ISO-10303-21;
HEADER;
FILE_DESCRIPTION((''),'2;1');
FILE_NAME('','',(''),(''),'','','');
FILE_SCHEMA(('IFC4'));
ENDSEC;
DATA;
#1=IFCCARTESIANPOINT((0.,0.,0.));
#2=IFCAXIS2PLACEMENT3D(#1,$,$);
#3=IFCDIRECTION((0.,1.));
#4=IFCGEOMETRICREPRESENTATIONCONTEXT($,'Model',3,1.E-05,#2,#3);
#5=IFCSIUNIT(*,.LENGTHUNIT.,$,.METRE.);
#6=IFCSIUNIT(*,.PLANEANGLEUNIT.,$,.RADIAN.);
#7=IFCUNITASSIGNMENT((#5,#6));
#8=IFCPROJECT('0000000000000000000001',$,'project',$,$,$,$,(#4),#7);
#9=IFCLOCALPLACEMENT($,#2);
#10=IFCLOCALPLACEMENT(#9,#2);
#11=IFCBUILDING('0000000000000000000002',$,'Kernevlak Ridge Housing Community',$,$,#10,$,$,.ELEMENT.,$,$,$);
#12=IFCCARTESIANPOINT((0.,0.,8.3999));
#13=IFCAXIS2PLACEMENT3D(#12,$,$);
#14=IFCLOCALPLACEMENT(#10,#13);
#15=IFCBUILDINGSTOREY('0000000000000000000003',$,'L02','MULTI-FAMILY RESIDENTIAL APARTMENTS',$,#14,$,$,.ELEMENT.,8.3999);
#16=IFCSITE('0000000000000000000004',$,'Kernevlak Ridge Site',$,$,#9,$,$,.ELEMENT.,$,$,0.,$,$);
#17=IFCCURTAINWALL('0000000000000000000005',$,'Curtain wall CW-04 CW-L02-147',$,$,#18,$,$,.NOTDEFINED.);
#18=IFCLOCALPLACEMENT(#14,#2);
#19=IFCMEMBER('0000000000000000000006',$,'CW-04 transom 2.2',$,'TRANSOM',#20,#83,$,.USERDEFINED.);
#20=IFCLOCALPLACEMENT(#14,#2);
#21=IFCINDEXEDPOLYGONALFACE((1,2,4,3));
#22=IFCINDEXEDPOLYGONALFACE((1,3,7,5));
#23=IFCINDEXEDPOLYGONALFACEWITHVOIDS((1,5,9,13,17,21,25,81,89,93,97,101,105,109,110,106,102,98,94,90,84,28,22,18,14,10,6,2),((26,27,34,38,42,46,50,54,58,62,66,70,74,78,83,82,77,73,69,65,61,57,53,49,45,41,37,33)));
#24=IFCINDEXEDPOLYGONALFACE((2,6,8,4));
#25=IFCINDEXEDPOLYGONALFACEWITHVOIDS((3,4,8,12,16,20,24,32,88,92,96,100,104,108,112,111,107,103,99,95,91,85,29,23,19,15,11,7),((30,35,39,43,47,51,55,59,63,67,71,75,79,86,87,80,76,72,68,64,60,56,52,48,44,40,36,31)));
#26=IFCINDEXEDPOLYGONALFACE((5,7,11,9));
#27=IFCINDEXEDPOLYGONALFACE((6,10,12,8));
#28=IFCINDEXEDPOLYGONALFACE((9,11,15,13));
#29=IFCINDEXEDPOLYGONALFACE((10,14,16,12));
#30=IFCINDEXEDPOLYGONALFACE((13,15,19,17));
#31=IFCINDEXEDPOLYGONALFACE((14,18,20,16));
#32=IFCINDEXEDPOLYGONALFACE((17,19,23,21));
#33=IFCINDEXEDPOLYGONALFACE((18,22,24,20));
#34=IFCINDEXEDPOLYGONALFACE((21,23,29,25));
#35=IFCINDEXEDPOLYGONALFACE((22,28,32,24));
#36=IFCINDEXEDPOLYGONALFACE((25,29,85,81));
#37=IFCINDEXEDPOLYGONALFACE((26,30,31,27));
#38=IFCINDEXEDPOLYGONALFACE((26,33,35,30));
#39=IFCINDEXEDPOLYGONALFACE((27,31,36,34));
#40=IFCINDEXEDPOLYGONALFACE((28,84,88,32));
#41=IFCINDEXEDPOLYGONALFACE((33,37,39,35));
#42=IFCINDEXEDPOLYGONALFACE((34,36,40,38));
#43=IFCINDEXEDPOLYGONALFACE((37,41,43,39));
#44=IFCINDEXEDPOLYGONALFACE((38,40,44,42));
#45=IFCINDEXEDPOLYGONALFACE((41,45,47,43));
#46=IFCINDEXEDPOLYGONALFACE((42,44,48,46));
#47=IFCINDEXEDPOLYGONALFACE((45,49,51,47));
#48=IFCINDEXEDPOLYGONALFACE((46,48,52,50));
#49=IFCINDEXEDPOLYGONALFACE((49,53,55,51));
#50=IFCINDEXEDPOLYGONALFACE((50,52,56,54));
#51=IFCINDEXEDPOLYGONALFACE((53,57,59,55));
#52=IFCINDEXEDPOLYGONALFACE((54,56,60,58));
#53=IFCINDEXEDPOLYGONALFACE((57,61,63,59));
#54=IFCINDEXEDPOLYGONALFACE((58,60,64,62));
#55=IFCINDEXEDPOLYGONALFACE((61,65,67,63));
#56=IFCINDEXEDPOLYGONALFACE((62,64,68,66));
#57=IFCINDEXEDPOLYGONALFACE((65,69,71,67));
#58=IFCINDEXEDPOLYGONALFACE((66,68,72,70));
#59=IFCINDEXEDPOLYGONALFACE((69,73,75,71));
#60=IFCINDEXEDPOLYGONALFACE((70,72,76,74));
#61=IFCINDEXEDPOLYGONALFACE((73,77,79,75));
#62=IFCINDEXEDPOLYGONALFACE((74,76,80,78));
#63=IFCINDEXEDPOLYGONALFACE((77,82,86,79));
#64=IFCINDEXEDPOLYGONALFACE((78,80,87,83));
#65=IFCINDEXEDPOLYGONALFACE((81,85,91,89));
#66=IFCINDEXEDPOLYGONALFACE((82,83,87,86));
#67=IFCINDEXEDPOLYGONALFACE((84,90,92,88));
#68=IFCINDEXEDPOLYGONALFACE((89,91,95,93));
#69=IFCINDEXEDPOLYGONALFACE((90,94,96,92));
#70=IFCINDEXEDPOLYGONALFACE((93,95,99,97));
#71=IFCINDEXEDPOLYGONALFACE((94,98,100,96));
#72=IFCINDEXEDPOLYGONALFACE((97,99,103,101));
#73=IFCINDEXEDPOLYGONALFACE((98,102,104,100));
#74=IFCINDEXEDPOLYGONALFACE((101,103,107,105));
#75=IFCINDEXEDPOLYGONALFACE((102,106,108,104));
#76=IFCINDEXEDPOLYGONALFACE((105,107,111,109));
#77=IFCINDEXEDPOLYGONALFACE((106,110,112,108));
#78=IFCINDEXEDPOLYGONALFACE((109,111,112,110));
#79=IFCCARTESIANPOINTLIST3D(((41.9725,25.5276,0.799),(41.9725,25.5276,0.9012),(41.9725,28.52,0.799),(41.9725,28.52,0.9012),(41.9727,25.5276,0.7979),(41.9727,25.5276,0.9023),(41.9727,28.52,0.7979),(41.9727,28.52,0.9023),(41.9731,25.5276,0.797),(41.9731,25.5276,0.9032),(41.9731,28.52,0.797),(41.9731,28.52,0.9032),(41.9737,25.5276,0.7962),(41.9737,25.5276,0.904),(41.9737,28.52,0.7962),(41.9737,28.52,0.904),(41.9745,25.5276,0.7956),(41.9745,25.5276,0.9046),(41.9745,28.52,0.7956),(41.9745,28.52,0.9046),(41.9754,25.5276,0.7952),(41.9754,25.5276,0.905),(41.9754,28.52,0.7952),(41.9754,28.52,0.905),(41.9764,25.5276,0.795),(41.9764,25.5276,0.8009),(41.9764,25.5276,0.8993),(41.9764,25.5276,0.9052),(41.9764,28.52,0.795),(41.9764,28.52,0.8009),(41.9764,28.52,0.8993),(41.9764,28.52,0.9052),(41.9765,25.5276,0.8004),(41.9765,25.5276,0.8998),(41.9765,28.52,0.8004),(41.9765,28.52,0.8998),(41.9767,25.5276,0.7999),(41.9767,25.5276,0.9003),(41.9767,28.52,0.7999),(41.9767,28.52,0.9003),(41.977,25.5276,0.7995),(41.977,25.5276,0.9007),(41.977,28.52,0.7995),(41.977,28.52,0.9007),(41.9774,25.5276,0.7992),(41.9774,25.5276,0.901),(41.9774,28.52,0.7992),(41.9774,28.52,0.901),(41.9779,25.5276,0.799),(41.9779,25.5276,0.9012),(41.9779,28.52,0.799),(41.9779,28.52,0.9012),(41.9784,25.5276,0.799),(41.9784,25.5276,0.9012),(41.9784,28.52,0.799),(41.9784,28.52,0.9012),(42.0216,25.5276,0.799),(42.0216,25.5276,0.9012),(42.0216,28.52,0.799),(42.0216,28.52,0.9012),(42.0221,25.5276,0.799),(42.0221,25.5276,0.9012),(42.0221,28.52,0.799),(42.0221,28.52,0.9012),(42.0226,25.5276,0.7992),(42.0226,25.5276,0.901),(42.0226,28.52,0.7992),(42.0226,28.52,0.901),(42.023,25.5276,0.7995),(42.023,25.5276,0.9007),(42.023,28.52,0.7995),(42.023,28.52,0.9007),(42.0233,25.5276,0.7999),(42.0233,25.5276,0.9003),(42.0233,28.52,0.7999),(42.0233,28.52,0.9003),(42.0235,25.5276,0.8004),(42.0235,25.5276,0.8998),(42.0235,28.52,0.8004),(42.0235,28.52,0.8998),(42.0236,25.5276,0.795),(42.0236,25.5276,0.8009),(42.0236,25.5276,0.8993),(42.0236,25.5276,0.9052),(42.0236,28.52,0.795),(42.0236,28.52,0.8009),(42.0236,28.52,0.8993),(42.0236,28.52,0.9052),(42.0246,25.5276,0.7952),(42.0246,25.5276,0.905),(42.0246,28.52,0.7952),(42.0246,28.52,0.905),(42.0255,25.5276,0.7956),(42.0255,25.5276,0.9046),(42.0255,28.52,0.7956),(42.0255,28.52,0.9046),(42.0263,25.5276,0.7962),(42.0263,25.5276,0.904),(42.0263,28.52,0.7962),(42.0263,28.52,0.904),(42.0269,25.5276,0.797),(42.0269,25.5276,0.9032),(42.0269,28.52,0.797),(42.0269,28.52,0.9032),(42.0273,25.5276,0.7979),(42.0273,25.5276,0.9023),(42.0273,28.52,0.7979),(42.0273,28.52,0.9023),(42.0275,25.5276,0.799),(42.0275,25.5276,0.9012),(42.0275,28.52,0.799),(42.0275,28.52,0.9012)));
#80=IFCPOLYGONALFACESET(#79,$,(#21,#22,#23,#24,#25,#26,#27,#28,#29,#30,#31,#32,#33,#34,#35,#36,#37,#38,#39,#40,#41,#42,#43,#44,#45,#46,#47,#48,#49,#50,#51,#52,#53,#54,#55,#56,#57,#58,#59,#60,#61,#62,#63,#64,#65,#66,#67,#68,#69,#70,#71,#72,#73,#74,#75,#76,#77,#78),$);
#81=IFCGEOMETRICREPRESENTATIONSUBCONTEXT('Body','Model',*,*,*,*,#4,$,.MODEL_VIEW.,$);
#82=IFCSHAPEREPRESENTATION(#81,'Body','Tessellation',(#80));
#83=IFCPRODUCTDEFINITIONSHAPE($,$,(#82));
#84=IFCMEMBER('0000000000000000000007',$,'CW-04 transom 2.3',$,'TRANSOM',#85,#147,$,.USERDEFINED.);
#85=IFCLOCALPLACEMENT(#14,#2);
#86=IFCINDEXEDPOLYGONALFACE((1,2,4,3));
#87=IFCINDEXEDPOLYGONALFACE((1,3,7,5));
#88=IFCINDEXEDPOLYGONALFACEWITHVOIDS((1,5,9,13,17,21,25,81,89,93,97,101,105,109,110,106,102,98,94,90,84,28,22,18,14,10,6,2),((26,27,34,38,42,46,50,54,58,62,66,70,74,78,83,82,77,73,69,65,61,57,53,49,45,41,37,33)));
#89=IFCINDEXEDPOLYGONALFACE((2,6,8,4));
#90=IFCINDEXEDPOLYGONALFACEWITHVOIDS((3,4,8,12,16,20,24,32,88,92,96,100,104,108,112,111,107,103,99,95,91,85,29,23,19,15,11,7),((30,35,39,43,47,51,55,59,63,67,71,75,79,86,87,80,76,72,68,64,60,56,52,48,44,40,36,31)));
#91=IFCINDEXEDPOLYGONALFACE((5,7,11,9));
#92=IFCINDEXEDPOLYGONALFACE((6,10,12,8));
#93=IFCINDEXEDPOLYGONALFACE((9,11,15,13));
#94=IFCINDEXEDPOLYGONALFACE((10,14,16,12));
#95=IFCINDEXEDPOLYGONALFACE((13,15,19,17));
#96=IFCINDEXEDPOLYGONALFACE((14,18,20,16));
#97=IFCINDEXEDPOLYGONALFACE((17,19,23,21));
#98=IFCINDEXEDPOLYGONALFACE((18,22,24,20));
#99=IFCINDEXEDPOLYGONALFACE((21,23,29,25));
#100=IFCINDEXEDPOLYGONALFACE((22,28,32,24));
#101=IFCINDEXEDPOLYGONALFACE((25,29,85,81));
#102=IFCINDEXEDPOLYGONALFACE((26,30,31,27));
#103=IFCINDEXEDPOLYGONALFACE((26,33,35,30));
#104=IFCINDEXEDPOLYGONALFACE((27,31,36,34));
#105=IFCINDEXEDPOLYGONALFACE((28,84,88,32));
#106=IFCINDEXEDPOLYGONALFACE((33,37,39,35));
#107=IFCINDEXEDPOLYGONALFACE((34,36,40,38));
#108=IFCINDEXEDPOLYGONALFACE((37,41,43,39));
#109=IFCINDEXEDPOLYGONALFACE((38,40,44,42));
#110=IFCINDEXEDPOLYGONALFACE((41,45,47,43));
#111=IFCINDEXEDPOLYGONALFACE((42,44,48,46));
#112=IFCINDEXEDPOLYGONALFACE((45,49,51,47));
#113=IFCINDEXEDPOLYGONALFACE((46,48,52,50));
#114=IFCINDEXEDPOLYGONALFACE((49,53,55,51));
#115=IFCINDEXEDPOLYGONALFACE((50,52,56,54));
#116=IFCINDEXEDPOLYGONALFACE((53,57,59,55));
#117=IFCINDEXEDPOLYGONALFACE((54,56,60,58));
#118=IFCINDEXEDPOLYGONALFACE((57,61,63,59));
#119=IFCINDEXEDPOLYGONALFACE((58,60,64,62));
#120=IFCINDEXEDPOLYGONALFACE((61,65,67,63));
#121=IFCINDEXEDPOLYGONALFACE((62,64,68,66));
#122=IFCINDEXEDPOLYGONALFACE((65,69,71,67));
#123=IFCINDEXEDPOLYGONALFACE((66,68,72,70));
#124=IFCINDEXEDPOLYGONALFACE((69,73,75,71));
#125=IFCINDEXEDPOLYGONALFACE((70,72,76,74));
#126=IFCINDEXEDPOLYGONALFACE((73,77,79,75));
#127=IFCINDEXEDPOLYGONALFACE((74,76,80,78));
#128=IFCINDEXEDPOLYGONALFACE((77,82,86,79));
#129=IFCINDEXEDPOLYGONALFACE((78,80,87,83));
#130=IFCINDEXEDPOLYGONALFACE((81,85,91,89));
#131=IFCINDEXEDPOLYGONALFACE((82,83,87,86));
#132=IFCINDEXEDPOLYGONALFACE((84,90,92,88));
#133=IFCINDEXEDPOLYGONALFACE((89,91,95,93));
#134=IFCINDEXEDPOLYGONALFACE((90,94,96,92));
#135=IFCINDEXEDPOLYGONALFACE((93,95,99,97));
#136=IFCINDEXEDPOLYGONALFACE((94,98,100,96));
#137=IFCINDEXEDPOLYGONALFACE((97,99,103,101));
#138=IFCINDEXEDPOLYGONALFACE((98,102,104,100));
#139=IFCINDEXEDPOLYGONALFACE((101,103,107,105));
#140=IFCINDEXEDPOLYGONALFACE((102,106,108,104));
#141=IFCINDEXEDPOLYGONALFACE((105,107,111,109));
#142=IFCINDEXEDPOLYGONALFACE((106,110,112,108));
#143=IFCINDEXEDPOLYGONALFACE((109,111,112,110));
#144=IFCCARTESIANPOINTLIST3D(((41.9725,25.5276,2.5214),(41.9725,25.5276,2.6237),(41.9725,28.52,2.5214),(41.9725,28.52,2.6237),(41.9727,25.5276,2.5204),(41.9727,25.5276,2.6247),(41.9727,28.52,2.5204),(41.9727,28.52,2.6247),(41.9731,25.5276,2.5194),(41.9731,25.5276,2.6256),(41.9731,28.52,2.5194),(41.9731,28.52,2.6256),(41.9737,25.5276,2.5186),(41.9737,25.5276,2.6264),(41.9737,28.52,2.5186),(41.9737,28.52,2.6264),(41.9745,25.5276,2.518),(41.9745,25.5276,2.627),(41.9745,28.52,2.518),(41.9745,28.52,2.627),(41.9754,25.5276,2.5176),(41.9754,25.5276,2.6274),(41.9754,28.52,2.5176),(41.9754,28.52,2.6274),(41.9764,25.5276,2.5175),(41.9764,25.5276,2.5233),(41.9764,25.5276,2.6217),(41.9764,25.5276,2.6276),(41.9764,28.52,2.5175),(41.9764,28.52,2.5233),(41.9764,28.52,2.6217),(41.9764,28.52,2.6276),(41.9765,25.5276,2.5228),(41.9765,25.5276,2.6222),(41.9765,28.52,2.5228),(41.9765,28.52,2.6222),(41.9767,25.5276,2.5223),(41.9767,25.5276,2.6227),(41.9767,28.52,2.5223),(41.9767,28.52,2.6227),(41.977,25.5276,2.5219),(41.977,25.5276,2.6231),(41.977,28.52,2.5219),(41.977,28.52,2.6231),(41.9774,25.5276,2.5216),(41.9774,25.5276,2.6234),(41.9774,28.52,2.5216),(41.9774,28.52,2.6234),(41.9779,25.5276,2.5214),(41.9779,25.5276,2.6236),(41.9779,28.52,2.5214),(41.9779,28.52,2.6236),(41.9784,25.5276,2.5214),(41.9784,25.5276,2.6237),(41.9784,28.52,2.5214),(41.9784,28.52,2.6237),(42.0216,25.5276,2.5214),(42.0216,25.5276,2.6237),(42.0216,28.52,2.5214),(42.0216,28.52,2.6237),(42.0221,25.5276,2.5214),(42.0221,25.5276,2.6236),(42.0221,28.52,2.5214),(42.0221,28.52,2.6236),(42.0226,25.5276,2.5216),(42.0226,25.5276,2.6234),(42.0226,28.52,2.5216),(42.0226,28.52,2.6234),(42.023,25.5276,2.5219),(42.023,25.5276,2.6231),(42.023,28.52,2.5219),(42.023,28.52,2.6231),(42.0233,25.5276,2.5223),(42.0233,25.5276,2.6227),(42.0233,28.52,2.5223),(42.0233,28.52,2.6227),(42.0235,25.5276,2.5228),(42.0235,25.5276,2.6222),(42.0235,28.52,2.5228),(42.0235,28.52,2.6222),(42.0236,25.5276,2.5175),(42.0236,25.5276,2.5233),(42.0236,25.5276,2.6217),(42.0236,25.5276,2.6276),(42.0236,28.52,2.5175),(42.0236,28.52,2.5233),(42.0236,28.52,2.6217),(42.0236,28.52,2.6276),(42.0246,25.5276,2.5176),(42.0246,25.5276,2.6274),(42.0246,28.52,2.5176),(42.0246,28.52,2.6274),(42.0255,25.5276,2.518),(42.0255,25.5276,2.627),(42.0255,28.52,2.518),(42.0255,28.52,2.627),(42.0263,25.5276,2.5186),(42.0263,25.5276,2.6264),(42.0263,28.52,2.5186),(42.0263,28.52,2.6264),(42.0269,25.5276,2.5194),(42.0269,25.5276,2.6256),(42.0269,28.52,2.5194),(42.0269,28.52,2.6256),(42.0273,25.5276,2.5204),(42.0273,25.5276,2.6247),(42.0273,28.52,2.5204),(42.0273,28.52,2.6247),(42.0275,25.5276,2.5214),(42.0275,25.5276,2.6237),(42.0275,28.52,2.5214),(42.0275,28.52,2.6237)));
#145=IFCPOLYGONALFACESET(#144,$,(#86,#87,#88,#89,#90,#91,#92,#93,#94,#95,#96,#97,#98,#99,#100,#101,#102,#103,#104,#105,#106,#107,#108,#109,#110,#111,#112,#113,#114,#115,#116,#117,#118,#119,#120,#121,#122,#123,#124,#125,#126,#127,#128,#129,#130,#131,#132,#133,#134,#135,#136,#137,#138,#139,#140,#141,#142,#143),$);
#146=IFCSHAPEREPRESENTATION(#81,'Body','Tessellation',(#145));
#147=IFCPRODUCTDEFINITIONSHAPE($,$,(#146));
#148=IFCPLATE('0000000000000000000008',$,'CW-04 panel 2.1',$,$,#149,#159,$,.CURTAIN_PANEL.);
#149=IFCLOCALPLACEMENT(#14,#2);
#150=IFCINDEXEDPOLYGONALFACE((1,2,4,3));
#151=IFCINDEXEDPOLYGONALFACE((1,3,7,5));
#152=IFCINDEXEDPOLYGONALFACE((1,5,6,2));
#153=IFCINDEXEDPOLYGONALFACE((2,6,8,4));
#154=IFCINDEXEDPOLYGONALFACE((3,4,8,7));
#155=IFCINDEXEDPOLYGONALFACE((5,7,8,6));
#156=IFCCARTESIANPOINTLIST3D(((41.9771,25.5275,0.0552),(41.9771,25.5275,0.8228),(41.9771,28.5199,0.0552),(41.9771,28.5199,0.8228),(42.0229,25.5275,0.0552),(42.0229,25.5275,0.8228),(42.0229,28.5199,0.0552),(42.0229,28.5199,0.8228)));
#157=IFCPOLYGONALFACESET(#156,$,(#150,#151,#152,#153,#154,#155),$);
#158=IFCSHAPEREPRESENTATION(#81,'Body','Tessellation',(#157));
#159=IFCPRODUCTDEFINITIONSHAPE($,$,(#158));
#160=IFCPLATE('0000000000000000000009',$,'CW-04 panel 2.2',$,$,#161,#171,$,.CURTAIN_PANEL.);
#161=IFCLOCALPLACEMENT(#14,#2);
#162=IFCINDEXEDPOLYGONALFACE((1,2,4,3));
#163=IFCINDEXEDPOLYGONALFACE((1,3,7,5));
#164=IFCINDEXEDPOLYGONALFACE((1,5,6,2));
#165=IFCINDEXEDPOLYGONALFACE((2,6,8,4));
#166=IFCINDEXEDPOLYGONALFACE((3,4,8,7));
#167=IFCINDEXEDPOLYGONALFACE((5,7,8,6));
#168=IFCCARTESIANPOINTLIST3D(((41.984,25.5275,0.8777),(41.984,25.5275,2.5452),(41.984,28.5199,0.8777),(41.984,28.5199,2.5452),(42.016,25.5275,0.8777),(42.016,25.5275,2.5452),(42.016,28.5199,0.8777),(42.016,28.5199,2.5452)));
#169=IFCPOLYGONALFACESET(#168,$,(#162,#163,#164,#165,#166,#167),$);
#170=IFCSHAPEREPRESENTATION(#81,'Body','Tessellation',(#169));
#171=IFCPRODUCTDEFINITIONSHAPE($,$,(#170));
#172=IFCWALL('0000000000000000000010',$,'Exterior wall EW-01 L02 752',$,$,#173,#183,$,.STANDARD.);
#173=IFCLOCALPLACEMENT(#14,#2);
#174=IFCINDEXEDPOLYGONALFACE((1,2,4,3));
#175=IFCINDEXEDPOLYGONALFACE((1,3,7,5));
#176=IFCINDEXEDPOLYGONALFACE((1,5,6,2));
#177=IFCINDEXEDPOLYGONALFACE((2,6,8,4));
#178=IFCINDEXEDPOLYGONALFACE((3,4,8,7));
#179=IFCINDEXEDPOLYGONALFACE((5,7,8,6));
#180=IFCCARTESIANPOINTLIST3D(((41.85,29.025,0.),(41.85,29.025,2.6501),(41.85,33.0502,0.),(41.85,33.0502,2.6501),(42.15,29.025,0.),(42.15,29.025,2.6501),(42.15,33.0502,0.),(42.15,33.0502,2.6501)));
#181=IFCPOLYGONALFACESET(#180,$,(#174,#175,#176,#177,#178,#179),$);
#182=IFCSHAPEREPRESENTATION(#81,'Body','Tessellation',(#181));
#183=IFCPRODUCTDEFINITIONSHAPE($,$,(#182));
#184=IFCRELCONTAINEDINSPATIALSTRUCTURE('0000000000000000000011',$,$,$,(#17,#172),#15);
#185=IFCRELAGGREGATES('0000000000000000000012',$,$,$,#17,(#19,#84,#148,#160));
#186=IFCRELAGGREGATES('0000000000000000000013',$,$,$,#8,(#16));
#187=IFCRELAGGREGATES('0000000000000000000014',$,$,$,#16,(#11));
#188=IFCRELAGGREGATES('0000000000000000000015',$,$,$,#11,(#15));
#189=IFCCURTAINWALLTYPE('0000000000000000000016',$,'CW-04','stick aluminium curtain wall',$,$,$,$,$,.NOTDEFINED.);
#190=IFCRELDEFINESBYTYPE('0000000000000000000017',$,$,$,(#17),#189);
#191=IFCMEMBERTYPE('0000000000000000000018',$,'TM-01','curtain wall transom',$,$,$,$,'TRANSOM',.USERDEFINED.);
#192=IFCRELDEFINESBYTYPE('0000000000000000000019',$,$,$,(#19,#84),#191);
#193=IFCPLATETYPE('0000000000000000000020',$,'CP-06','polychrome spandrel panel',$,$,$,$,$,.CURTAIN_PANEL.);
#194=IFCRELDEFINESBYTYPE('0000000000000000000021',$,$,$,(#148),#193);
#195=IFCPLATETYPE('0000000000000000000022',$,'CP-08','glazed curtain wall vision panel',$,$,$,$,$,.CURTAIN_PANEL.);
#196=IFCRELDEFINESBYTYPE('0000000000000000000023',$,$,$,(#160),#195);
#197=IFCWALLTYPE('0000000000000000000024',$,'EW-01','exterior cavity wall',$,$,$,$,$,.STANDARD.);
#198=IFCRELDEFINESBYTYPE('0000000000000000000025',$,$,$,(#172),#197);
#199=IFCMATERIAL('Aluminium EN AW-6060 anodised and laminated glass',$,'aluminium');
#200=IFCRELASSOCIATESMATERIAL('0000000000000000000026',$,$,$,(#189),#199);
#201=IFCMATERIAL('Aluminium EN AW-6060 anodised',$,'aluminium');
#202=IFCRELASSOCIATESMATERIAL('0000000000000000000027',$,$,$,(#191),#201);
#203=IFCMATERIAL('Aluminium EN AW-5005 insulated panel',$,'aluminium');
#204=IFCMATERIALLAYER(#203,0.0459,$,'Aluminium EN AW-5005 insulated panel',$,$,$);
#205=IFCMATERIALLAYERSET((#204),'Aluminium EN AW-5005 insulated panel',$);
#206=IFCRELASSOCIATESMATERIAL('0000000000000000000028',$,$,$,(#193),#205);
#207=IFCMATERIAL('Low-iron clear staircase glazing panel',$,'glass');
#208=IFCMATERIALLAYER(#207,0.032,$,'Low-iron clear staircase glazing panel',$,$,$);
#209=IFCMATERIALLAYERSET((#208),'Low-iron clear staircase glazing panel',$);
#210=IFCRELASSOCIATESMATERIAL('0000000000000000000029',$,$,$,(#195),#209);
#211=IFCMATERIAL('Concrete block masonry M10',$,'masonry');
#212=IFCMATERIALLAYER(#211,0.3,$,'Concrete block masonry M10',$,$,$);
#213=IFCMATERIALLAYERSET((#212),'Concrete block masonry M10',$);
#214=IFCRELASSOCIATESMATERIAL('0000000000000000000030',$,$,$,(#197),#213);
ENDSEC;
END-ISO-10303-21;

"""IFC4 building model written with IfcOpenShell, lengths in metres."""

from ifc_helpers import new_model, si_unit, direction, frame, frame_2d, origin, origin_2d, place, context, subcontext, project, spatial, rectangle, hollow_rectangle, extrude, material, layer, layer_set, material_profile, profile_set, type_object, element, aggregate, save


model = new_model("IFC4")

# Units and contexts
model_context = context("Model", 3, precision=1e-05, world=origin(), true_north=direction((0.0, 1.0)))
body_context = subcontext(model_context, "Body", "Model", "MODEL_VIEW")
ifc_project = project(units=[si_unit("LENGTHUNIT", "METRE"), si_unit("PLANEANGLEUNIT", "RADIAN")], contexts=[model_context])

# Site, building, storey
site_placement = place(None, origin())
site = spatial("IfcSite", under=ifc_project, at=site_placement, Name="Kernevlak Ridge Site", CompositionType="ELEMENT", RefElevation=0.0)
building_placement = place(site_placement, origin())
building = spatial("IfcBuilding", under=site, at=building_placement, Name="Kernevlak Ridge Housing Community", CompositionType="ELEMENT")
storey_placement = place(building_placement, frame((0.0, 0.0, 8.3999)))
storey = spatial("IfcBuildingStorey", under=building, at=storey_placement, Name="L02", Description="MULTI-FAMILY RESIDENTIAL APARTMENTS", CompositionType="ELEMENT", Elevation=8.3999)

# Curtain wall
ifc_material_1 = material(Name="Aluminium EN AW-6060 anodised and laminated glass", Category="aluminium")
curtain_wall_type = type_object("IfcCurtainWallType", Name="CW-04", Description="stick aluminium curtain wall", PredefinedType="NOTDEFINED", material=ifc_material_1)
curtain_wall_placement = place(storey_placement, origin())
curtain_wall = element("IfcCurtainWall", 1, at=curtain_wall_placement, inside=storey, type_object=curtain_wall_type, Name="Curtain wall CW-04 CW-L02-147", PredefinedType="NOTDEFINED")
ifc_material_2 = material(Name="Aluminium EN AW-6060 anodised", Category="aluminium")

# Members
ifc_material_profile_1 = material_profile(ifc_material_2, hollow_rectangle(XDim=0.0549, YDim=0.1101, WallThickness=0.0039, InnerFilletRadius=0.002, OuterFilletRadius=0.0039, at=origin_2d()), Name="ALU 55x110x4")
ifc_profile_set_1 = profile_set([ifc_material_profile_1], Name="Aluminium EN AW-6060 anodised")
member_type_1 = type_object("IfcMemberType", Name="TM-01", Description="curtain wall transom", ElementType="TRANSOM", PredefinedType="USERDEFINED", material=ifc_profile_set_1)
member_1_placement = place(storey_placement, frame((42.0, 25.5276, 0.8501), z_axis=(0.0, 1.0, 0.0), x_axis=(-1.0, 0.0, 0.0)))
member_1 = element("IfcMember", 2, at=member_1_placement, type_object=member_type_1, Name="CW-04 transom 2.2", ObjectType="TRANSOM", PredefinedType="USERDEFINED", context=body_context, shape_type="SweptSolid", body=[
    extrude(hollow_rectangle(XDim=0.0549, YDim=0.1101, WallThickness=0.0039, InnerFilletRadius=0.002, OuterFilletRadius=0.0039, at=origin_2d()), origin(), (0.0, 0.0, 1.0), 2.9924),
])
member_2_placement = place(storey_placement, frame((42.0, 25.5276, 2.5725), z_axis=(0.0, 1.0, 0.0), x_axis=(-1.0, 0.0, 0.0)))
member_2 = element("IfcMember", 3, at=member_2_placement, type_object=member_type_1, Name="CW-04 transom 2.3", ObjectType="TRANSOM", PredefinedType="USERDEFINED", context=body_context, shape_type="SweptSolid", body=[
    extrude(hollow_rectangle(XDim=0.0549, YDim=0.1101, WallThickness=0.0039, InnerFilletRadius=0.002, OuterFilletRadius=0.0039, at=origin_2d()), origin(), (0.0, 0.0, 1.0), 2.9924),
])

# Plates
ifc_material_3 = material(Name="Aluminium EN AW-5005 insulated panel", Category="aluminium")
ifc_layer_1 = layer(ifc_material_3, 0.0459, Name="Aluminium EN AW-5005 insulated panel")
ifc_layer_set_1 = layer_set([ifc_layer_1], Name="Aluminium EN AW-5005 insulated panel")
plate_type_1 = type_object("IfcPlateType", Name="CP-06", Description="polychrome spandrel panel", PredefinedType="CURTAIN_PANEL", material=ifc_layer_set_1)
plate_1_placement = place(storey_placement, frame((42.0, 27.0237, 0.0552), z_axis=(0.0, 0.0, 1.0), x_axis=(0.0, 1.0, 0.0)))
plate_1 = element("IfcPlate", 4, at=plate_1_placement, type_object=plate_type_1, Name="CW-04 panel 2.1", PredefinedType="CURTAIN_PANEL", context=body_context, shape_type="SweptSolid", body=[
    extrude(rectangle(XDim=2.9924, YDim=0.0459, at=origin_2d()), origin(), (0.0, 0.0, 1.0), 0.7676),
])
ifc_material_4 = material(Name="Low-iron clear staircase glazing panel", Category="glass")
ifc_layer_2 = layer(ifc_material_4, 0.032, Name="Low-iron clear staircase glazing panel")
ifc_layer_set_2 = layer_set([ifc_layer_2], Name="Low-iron clear staircase glazing panel")
plate_type_2 = type_object("IfcPlateType", Name="CP-08", Description="glazed curtain wall vision panel", PredefinedType="CURTAIN_PANEL", material=ifc_layer_set_2)
plate_2_placement = place(storey_placement, frame((42.0, 27.0237, 0.8777), z_axis=(0.0, 0.0, 1.0), x_axis=(0.0, 1.0, 0.0)))
plate_2 = element("IfcPlate", 5, at=plate_2_placement, type_object=plate_type_2, Name="CW-04 panel 2.2", PredefinedType="CURTAIN_PANEL", context=body_context, shape_type="SweptSolid", body=[
    extrude(rectangle(XDim=2.9924, YDim=0.032, at=origin_2d()), origin(), (0.0, 0.0, 1.0), 1.6675),
])
aggregate(curtain_wall, [member_1, member_2, plate_1, plate_2])

# Wall
ifc_material_5 = material(Name="Concrete block masonry M10", Category="masonry")
ifc_layer_3 = layer(ifc_material_5, 0.3, Name="Concrete block masonry M10")
ifc_layer_set_3 = layer_set([ifc_layer_3], Name="Concrete block masonry M10")
wall_type_1 = type_object("IfcWallType", Name="EW-01", Description="exterior cavity wall", PredefinedType="STANDARD", material=ifc_layer_set_3)
wall_1_placement = place(storey_placement, frame((42.0, 29.0249, 0.0), z_axis=(0.0, 0.0, 1.0), x_axis=(0.0, 1.0, 0.0)))
element("IfcWall", 6, at=wall_1_placement, inside=storey, type_object=wall_type_1, Name="Exterior wall EW-01 L02 752", PredefinedType="STANDARD", context=body_context, shape_type="SweptSolid", body=[
    extrude(rectangle(XDim=4.0251, YDim=0.3, at=frame_2d((2.0127, 0.0))), origin(), (0.0, 0.0, 1.0), 2.6501),
])

save(model, "model.ifc")
